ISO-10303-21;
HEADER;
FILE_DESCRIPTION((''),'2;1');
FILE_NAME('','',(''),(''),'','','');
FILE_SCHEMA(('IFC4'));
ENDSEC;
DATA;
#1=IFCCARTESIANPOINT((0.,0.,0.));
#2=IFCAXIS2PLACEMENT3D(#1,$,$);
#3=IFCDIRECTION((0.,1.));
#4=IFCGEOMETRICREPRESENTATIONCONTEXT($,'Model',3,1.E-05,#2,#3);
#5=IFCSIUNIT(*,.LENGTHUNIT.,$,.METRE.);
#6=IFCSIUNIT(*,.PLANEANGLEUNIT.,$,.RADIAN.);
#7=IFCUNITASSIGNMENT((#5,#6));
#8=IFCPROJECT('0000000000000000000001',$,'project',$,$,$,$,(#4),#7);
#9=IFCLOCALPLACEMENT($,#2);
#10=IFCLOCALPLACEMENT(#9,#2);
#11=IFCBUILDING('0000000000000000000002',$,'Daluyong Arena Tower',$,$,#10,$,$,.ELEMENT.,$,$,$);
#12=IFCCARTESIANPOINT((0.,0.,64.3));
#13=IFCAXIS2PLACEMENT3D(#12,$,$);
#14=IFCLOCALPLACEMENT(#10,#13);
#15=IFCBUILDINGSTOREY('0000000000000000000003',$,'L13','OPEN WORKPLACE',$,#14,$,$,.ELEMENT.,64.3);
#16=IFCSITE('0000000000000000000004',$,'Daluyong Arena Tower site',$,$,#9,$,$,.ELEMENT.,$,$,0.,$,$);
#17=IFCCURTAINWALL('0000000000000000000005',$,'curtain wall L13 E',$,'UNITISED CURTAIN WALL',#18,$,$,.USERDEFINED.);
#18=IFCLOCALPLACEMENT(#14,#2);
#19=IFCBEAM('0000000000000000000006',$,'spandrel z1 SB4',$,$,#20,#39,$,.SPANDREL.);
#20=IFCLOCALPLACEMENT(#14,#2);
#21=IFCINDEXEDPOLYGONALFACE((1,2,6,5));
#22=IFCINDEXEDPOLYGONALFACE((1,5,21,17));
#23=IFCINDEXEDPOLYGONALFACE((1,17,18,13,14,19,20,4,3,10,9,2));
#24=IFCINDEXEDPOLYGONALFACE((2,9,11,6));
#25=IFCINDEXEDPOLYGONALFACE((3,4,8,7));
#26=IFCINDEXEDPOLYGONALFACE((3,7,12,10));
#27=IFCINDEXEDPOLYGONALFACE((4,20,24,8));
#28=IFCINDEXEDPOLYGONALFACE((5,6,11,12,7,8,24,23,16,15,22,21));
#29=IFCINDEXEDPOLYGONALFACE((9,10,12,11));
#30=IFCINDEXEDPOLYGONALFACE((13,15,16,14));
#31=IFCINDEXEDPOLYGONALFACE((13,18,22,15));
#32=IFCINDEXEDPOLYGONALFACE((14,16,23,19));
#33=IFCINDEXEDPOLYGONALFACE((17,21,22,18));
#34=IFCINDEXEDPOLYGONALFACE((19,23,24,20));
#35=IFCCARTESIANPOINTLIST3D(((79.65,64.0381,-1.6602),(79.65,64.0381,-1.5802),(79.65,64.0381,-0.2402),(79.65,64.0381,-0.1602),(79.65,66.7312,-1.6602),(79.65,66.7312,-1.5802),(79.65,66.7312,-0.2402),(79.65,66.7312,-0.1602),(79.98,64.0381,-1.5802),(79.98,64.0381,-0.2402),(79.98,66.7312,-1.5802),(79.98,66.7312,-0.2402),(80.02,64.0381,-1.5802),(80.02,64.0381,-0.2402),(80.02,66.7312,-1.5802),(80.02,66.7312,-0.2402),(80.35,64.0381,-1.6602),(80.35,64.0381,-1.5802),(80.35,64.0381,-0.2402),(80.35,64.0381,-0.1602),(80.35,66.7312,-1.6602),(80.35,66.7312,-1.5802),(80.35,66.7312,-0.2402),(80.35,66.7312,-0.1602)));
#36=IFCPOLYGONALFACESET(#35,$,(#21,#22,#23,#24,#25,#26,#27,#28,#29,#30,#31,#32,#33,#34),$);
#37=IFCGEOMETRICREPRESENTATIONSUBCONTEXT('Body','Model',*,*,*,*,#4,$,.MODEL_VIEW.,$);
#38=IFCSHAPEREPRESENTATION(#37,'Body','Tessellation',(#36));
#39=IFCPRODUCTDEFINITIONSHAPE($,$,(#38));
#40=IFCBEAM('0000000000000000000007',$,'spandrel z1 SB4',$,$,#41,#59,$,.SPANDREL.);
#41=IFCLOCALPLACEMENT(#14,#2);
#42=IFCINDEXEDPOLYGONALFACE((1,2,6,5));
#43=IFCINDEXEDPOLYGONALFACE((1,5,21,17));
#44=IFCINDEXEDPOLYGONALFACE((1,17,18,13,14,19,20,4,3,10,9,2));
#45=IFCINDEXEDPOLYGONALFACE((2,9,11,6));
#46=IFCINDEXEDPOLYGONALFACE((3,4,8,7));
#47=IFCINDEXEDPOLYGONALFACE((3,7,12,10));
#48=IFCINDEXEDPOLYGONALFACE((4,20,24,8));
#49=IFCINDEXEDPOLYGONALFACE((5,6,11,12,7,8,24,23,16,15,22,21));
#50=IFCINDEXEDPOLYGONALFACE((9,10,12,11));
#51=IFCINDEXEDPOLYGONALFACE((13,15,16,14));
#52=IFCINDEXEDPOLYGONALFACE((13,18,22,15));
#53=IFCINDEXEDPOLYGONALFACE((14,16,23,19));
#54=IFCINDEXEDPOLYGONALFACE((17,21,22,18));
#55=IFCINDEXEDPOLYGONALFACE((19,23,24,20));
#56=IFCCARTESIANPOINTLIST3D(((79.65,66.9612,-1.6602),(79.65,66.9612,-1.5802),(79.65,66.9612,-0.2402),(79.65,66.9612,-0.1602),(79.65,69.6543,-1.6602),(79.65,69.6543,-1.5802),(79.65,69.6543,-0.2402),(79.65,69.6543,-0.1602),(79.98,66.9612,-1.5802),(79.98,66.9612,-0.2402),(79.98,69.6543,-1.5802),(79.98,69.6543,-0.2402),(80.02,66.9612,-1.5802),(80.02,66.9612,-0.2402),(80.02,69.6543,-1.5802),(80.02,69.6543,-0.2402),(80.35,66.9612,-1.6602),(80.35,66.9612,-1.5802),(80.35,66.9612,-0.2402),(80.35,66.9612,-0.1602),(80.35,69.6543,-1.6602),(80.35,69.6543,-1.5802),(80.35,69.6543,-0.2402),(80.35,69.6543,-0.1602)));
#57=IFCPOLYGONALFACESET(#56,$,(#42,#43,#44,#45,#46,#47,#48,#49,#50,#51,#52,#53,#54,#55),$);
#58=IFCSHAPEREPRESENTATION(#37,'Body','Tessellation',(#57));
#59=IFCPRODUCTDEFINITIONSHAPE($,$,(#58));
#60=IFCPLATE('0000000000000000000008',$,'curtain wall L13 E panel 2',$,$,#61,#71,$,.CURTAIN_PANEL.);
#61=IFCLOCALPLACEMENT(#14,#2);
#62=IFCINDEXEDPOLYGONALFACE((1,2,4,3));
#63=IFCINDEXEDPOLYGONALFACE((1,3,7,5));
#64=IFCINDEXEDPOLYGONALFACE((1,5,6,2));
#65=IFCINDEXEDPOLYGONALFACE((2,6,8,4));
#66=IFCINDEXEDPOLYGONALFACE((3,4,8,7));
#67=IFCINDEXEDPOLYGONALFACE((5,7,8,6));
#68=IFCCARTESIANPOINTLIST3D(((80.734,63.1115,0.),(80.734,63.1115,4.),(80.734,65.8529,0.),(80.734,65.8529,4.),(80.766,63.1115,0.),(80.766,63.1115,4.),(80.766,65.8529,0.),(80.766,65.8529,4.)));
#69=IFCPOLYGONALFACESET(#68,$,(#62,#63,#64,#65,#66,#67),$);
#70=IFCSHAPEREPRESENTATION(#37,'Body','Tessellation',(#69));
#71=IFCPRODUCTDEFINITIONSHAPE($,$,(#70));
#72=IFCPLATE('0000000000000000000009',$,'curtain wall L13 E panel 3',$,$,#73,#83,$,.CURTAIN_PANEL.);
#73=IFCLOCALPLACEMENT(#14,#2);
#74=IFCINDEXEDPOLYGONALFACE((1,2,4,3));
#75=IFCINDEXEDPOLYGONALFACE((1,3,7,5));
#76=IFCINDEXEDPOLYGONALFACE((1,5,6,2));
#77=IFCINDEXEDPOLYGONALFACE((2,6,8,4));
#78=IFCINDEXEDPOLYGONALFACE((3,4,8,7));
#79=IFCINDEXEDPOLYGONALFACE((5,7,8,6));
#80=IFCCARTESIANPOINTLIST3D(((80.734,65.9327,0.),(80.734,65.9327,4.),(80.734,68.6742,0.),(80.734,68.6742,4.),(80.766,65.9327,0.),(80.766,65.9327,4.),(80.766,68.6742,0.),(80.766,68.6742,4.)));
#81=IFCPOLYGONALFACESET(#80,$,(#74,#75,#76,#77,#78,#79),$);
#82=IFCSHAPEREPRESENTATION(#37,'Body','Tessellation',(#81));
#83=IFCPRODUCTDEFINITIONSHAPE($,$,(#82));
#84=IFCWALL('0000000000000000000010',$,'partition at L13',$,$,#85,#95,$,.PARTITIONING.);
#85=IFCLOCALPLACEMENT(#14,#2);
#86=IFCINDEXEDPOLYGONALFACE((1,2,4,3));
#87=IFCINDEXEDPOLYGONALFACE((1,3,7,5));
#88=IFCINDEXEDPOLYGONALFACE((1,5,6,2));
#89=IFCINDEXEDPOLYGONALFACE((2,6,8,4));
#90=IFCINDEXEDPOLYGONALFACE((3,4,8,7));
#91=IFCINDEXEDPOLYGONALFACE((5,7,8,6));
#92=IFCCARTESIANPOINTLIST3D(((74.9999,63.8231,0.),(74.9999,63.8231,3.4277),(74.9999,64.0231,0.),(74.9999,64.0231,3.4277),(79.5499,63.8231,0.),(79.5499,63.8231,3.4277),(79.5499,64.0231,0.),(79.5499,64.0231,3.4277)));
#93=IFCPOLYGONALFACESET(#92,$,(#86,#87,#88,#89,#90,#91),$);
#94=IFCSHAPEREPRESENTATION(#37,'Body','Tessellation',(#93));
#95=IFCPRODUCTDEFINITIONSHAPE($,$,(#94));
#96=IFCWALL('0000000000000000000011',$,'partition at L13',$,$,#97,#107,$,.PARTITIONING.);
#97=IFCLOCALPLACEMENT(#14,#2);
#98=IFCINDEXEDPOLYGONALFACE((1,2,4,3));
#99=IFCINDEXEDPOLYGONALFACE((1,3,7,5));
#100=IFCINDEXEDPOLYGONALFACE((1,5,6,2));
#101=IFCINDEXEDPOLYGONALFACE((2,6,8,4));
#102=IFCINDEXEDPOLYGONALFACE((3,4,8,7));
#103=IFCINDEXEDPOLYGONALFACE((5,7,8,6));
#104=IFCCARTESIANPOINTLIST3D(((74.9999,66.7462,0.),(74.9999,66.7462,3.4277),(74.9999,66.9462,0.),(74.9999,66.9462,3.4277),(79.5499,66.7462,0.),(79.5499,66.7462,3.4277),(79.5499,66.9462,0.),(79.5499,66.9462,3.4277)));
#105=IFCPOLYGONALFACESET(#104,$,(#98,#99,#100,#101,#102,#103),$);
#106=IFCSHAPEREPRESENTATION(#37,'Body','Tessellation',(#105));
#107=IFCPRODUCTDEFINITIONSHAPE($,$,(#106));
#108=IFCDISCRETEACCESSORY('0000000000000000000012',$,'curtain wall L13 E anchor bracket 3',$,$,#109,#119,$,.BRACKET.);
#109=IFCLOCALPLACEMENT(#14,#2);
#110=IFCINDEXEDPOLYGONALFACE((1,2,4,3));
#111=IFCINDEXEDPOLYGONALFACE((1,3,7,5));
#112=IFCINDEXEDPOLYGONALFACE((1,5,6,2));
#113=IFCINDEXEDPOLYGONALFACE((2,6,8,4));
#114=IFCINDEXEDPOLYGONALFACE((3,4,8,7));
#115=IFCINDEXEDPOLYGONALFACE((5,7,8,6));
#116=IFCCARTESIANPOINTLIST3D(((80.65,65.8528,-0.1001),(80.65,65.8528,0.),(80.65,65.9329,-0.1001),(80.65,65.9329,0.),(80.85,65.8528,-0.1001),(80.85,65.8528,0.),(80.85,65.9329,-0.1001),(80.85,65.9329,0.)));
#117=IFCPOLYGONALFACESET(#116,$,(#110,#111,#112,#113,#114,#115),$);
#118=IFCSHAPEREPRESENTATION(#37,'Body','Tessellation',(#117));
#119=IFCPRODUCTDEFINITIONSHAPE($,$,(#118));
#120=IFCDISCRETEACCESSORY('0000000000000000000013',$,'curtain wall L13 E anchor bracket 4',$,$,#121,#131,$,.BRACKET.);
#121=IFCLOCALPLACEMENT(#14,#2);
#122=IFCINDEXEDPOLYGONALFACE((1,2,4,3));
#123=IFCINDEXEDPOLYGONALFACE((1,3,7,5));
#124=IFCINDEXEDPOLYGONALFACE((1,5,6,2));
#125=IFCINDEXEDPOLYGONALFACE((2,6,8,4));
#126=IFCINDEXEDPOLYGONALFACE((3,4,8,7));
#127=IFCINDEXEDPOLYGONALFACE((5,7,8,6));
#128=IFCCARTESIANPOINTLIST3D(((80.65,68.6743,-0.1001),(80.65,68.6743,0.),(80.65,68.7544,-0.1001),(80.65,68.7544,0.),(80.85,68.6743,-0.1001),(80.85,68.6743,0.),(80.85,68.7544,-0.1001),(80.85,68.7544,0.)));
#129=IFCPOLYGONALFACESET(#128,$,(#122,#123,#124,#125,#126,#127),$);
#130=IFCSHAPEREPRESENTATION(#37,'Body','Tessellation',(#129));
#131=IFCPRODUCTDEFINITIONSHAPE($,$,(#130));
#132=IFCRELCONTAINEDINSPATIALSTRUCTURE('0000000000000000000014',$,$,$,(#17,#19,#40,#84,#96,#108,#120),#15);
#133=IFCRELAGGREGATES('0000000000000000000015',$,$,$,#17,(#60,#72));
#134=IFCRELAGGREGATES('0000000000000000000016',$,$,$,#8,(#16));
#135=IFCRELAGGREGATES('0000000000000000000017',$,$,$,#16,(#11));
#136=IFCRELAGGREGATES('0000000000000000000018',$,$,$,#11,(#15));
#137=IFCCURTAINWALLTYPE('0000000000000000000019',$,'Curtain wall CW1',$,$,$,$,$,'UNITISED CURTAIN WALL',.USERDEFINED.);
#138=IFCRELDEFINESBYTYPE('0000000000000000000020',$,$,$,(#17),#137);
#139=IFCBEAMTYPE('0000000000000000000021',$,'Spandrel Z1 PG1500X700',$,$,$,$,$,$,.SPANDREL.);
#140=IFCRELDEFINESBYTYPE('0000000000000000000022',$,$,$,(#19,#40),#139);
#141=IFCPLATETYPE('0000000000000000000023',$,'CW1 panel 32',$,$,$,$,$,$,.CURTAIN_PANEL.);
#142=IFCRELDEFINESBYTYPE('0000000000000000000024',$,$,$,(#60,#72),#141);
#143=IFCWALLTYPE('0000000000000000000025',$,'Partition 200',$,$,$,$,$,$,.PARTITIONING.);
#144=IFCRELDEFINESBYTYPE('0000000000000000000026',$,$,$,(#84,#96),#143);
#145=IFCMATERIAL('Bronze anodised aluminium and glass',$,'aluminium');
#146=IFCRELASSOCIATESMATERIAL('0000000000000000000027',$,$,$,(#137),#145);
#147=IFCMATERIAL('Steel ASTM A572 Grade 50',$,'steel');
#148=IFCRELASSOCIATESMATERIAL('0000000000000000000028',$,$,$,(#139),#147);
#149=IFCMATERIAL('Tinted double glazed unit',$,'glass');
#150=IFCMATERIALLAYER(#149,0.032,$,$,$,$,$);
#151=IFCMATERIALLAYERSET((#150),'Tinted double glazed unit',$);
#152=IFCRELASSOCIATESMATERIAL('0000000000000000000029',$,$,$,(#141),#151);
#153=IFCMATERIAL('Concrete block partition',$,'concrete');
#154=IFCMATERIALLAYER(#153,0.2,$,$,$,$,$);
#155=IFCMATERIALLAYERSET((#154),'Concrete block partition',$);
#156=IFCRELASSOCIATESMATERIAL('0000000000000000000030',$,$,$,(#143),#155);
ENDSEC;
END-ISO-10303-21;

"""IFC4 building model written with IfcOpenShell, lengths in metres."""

from ifc_helpers import new_model, si_unit, direction, frame, frame_2d, origin, origin_2d, place, context, subcontext, project, spatial, rectangle, i_section, extrude, material, layer, layer_set, material_profile, profile_set, type_object, element, aggregate, save


model = new_model("IFC4")

# Units and contexts
model_context = context("Model", 3, precision=1e-05, world=origin(), true_north=direction((0.0, 1.0)))
body_context = subcontext(model_context, "Body", "Model", "MODEL_VIEW")
ifc_project = project(units=[si_unit("LENGTHUNIT", "METRE"), si_unit("PLANEANGLEUNIT", "RADIAN")], contexts=[model_context])

# Site, building, storey
site_placement = place(None, origin())
site = spatial("IfcSite", under=ifc_project, at=site_placement, Name="Daluyong Arena Tower site", CompositionType="ELEMENT", RefElevation=0.0)
building_placement = place(site_placement, origin())
building = spatial("IfcBuilding", under=site, at=building_placement, Name="Daluyong Arena Tower", CompositionType="ELEMENT")
storey_placement = place(building_placement, frame((0.0, 0.0, 64.3)))
storey = spatial("IfcBuildingStorey", under=building, at=storey_placement, Name="L13", Description="OPEN WORKPLACE", CompositionType="ELEMENT", Elevation=64.3)

# Curtain wall
ifc_material_1 = material(Name="Bronze anodised aluminium and glass", Category="aluminium")
curtain_wall_type = type_object("IfcCurtainWallType", Name="Curtain wall CW1", ElementType="UNITISED CURTAIN WALL", PredefinedType="USERDEFINED", material=ifc_material_1)
curtain_wall_placement = place(storey_placement, origin())
curtain_wall = element("IfcCurtainWall", 1, at=curtain_wall_placement, inside=storey, type_object=curtain_wall_type, Name="curtain wall L13 E", ObjectType="UNITISED CURTAIN WALL", PredefinedType="USERDEFINED")

# Beams
ifc_material_2 = material(Name="Steel ASTM A572 Grade 50", Category="steel")
ifc_material_profile_1 = material_profile(ifc_material_2, i_section(OverallWidth=0.7, OverallDepth=1.5, WebThickness=0.04, FlangeThickness=0.08, at=origin_2d()))
ifc_profile_set_1 = profile_set([ifc_material_profile_1], Name="Steel ASTM A572 Grade 50")
beam_type_1 = type_object("IfcBeamType", Name="Spandrel Z1 PG1500X700", PredefinedType="SPANDREL", material=ifc_profile_set_1)
for number, where, z_axis, x_axis, name in (
    (2, (80.0, 64.0381, -0.9102), (0.0, 1.0, 0.0), (-1.0, 0.0, 0.0), "spandrel z1 SB4"),
    (3, (80.0, 66.9612, -0.9102), (0.0, 1.0, 0.0), (-1.0, 0.0, 0.0), "spandrel z1 SB4"),
):
    element("IfcBeam", number, at=place(storey_placement, frame(where, z_axis=z_axis, x_axis=x_axis)), inside=storey, type_object=beam_type_1, Name=name, PredefinedType="SPANDREL", context=body_context, shape_type="SweptSolid", body=[
        extrude(i_section(OverallWidth=0.7, OverallDepth=1.5, WebThickness=0.04, FlangeThickness=0.08, at=origin_2d()), origin(), (0.0, 0.0, 1.0), 2.6931),
    ])

# Plates
ifc_material_3 = material(Name="Tinted double glazed unit", Category="glass")
ifc_layer_1 = layer(ifc_material_3, 0.032)
ifc_layer_set_1 = layer_set([ifc_layer_1], Name="Tinted double glazed unit")
plate_type = type_object("IfcPlateType", Name="CW1 panel 32", PredefinedType="CURTAIN_PANEL", material=ifc_layer_set_1)
plate_1_placement = place(storey_placement, frame((80.75, 64.4822, 0.0), z_axis=(0.0, 0.0, 1.0), x_axis=(0.0, 1.0, 0.0)))
plate_1 = element("IfcPlate", 4, at=plate_1_placement, type_object=plate_type, Name="curtain wall L13 E panel 2", PredefinedType="CURTAIN_PANEL", context=body_context, shape_type="SweptSolid", body=[
    extrude(rectangle(XDim=2.7415, YDim=0.032, at=origin_2d()), origin(), (0.0, 0.0, 1.0), 4.0),
])
plate_2_placement = place(storey_placement, frame((80.75, 67.3035, 0.0), z_axis=(0.0, 0.0, 1.0), x_axis=(0.0, 1.0, 0.0)))
plate_2 = element("IfcPlate", 5, at=plate_2_placement, type_object=plate_type, Name="curtain wall L13 E panel 3", PredefinedType="CURTAIN_PANEL", context=body_context, shape_type="SweptSolid", body=[
    extrude(rectangle(XDim=2.7415, YDim=0.032, at=origin_2d()), origin(), (0.0, 0.0, 1.0), 4.0),
])
aggregate(curtain_wall, [plate_1, plate_2])

# Walls
ifc_material_4 = material(Name="Concrete block partition", Category="concrete")
ifc_layer_2 = layer(ifc_material_4, 0.2)
ifc_layer_set_2 = layer_set([ifc_layer_2], Name="Concrete block partition")
wall_type = type_object("IfcWallType", Name="Partition 200", PredefinedType="PARTITIONING", material=ifc_layer_set_2)
for number, where, z_axis, x_axis, name in (
    (6, (75.0, 63.9231, 0.0), (0.0, 0.0, 1.0), (1.0, 0.0, 0.0), "partition at L13"),
    (7, (75.0, 66.8462, 0.0), (0.0, 0.0, 1.0), (1.0, 0.0, 0.0), "partition at L13"),
):
    element("IfcWall", number, at=place(storey_placement, frame(where, z_axis=z_axis, x_axis=x_axis)), inside=storey, type_object=wall_type, Name=name, PredefinedType="PARTITIONING", context=body_context, shape_type="SweptSolid", body=[
        extrude(rectangle(XDim=4.55, YDim=0.2, at=frame_2d((2.2749, 0.0))), origin(), (0.0, 0.0, 1.0), 3.4277),
    ])

# Discrete accessories
for number, where, z_axis, x_axis, name in (
    (8, (80.75, 65.8928, -0.1001), (0.0, 0.0, 1.0), (0.0, 1.0, 0.0), "curtain wall L13 E anchor bracket 3"),
    (9, (80.75, 68.7144, -0.1001), (0.0, 0.0, 1.0), (0.0, 1.0, 0.0), "curtain wall L13 E anchor bracket 4"),
):
    element("IfcDiscreteAccessory", number, at=place(storey_placement, frame(where, z_axis=z_axis, x_axis=x_axis)), inside=storey, Name=name, PredefinedType="BRACKET", context=body_context, shape_type="SweptSolid", body=[
        extrude(rectangle(XDim=0.0801, YDim=0.2, at=origin_2d()), origin(), (0.0, 0.0, 1.0), 0.1001),
    ])

save(model, "model.ifc")
